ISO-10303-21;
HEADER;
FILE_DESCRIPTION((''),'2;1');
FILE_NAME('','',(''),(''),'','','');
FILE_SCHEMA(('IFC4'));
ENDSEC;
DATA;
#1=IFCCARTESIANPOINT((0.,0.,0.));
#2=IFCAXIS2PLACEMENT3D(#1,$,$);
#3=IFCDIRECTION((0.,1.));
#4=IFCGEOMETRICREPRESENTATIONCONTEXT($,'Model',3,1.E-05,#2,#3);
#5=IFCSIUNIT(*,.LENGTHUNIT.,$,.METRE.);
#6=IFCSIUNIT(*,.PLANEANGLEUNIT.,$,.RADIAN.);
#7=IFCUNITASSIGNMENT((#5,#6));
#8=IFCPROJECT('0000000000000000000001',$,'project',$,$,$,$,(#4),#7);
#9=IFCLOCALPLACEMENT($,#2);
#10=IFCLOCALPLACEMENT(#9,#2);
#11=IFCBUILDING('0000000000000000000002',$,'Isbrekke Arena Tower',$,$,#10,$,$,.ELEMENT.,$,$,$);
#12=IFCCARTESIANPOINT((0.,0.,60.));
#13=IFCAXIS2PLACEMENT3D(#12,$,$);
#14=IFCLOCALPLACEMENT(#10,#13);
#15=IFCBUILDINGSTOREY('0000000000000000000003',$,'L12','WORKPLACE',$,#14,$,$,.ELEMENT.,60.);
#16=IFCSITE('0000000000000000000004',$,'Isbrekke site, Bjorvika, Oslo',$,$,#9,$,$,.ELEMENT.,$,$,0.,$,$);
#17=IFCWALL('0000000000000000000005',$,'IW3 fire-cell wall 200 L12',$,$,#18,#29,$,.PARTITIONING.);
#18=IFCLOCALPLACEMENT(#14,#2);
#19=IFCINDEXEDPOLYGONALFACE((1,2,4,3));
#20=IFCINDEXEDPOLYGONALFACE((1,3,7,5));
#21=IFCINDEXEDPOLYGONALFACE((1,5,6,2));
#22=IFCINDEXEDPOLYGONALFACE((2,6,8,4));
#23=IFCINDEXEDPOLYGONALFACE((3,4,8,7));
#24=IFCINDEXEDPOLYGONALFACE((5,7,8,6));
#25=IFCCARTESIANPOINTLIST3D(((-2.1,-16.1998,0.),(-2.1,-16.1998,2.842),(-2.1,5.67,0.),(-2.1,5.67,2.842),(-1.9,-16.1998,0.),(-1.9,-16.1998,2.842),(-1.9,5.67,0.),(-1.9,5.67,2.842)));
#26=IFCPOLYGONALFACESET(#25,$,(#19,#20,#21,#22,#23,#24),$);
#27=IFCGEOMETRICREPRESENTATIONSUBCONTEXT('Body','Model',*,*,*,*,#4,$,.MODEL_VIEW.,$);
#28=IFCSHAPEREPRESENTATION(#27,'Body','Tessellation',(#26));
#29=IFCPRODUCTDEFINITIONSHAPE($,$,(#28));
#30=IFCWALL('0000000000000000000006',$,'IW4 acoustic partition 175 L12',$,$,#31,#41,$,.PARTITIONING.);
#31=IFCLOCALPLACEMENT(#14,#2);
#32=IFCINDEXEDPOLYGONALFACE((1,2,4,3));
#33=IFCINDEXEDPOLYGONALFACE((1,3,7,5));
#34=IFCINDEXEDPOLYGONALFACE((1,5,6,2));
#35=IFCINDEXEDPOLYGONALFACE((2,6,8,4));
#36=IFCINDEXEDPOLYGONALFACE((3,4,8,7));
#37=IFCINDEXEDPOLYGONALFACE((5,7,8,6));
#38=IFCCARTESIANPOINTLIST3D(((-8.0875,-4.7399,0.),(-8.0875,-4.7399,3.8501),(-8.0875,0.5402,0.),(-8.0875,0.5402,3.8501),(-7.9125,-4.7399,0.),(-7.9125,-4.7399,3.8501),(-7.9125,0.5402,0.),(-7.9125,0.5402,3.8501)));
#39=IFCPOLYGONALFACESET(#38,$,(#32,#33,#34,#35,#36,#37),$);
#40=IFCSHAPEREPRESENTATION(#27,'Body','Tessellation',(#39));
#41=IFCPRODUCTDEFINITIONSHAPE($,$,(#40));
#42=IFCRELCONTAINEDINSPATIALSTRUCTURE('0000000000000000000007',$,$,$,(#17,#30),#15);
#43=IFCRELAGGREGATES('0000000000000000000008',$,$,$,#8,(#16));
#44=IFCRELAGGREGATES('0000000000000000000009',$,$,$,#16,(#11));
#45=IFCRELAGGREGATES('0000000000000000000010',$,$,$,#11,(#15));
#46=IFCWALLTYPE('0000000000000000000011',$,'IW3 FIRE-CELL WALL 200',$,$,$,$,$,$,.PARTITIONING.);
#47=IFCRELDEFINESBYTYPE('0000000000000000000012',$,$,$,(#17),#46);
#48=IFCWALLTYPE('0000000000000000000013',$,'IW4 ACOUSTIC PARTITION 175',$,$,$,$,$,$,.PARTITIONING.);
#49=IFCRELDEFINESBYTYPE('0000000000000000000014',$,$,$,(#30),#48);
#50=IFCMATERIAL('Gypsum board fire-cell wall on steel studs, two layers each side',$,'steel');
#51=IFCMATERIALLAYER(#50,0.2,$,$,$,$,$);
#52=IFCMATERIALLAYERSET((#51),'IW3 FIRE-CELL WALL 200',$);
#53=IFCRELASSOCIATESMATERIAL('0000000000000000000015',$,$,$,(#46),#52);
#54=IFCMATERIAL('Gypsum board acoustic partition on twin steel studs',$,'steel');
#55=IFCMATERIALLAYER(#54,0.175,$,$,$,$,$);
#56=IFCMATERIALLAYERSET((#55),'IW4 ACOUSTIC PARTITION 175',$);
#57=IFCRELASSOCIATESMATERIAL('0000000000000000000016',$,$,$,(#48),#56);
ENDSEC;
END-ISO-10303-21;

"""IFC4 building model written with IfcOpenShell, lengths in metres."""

from ifc_helpers import new_model, si_unit, direction, frame, frame_2d, origin, place, context, subcontext, project, spatial, rectangle, extrude, material, layer, layer_set, type_object, element, save


model = new_model("IFC4")

# Units and contexts
model_context = context("Model", 3, precision=1e-05, world=origin(), true_north=direction((0.0, 1.0)))
body_context = subcontext(model_context, "Body", "Model", "MODEL_VIEW")
ifc_project = project(units=[si_unit("LENGTHUNIT", "METRE"), si_unit("PLANEANGLEUNIT", "RADIAN")], contexts=[model_context])

# Site, building, storey
site_placement = place(None, origin())
site = spatial("IfcSite", under=ifc_project, at=site_placement, Name="Isbrekke site, Bjorvika, Oslo", CompositionType="ELEMENT", RefElevation=0.0)
building_placement = place(site_placement, origin())
building = spatial("IfcBuilding", under=site, at=building_placement, Name="Isbrekke Arena Tower", CompositionType="ELEMENT")
storey_placement = place(building_placement, frame((0.0, 0.0, 60.0)))
storey = spatial("IfcBuildingStorey", under=building, at=storey_placement, Name="L12", Description="WORKPLACE", CompositionType="ELEMENT", Elevation=60.0)

# Walls
ifc_material_1 = material(Name="Gypsum board fire-cell wall on steel studs, two layers each side", Category="steel")
ifc_layer_1 = layer(ifc_material_1, 0.2)
ifc_layer_set_1 = layer_set([ifc_layer_1], Name="IW3 FIRE-CELL WALL 200")
wall_type_1 = type_object("IfcWallType", Name="IW3 FIRE-CELL WALL 200", PredefinedType="PARTITIONING", material=ifc_layer_set_1)
wall_1_placement = place(storey_placement, frame((-2.0, -16.2, 0.0), z_axis=(0.0, 0.0, 1.0), x_axis=(0.0, 1.0, 0.0)))
element("IfcWall", 1, at=wall_1_placement, inside=storey, type_object=wall_type_1, Name="IW3 fire-cell wall 200 L12", PredefinedType="PARTITIONING", context=body_context, shape_type="SweptSolid", body=[
    extrude(rectangle(XDim=21.8699, YDim=0.2, at=frame_2d((10.9351, 0.0))), origin(), (0.0, 0.0, 1.0), 2.842),
])
ifc_material_2 = material(Name="Gypsum board acoustic partition on twin steel studs", Category="steel")
ifc_layer_2 = layer(ifc_material_2, 0.175)
ifc_layer_set_2 = layer_set([ifc_layer_2], Name="IW4 ACOUSTIC PARTITION 175")
wall_type_2 = type_object("IfcWallType", Name="IW4 ACOUSTIC PARTITION 175", PredefinedType="PARTITIONING", material=ifc_layer_set_2)
wall_2_placement = place(storey_placement, frame((-8.0, -4.74, 0.0), z_axis=(0.0, 0.0, 1.0), x_axis=(0.0, 1.0, 0.0)))
element("IfcWall", 2, at=wall_2_placement, inside=storey, type_object=wall_type_2, Name="IW4 acoustic partition 175 L12", PredefinedType="PARTITIONING", context=body_context, shape_type="SweptSolid", body=[
    extrude(rectangle(XDim=5.28, YDim=0.175, at=frame_2d((2.6401, 0.0))), origin(), (0.0, 0.0, 1.0), 3.8501),
])

save(model, "model.ifc")
